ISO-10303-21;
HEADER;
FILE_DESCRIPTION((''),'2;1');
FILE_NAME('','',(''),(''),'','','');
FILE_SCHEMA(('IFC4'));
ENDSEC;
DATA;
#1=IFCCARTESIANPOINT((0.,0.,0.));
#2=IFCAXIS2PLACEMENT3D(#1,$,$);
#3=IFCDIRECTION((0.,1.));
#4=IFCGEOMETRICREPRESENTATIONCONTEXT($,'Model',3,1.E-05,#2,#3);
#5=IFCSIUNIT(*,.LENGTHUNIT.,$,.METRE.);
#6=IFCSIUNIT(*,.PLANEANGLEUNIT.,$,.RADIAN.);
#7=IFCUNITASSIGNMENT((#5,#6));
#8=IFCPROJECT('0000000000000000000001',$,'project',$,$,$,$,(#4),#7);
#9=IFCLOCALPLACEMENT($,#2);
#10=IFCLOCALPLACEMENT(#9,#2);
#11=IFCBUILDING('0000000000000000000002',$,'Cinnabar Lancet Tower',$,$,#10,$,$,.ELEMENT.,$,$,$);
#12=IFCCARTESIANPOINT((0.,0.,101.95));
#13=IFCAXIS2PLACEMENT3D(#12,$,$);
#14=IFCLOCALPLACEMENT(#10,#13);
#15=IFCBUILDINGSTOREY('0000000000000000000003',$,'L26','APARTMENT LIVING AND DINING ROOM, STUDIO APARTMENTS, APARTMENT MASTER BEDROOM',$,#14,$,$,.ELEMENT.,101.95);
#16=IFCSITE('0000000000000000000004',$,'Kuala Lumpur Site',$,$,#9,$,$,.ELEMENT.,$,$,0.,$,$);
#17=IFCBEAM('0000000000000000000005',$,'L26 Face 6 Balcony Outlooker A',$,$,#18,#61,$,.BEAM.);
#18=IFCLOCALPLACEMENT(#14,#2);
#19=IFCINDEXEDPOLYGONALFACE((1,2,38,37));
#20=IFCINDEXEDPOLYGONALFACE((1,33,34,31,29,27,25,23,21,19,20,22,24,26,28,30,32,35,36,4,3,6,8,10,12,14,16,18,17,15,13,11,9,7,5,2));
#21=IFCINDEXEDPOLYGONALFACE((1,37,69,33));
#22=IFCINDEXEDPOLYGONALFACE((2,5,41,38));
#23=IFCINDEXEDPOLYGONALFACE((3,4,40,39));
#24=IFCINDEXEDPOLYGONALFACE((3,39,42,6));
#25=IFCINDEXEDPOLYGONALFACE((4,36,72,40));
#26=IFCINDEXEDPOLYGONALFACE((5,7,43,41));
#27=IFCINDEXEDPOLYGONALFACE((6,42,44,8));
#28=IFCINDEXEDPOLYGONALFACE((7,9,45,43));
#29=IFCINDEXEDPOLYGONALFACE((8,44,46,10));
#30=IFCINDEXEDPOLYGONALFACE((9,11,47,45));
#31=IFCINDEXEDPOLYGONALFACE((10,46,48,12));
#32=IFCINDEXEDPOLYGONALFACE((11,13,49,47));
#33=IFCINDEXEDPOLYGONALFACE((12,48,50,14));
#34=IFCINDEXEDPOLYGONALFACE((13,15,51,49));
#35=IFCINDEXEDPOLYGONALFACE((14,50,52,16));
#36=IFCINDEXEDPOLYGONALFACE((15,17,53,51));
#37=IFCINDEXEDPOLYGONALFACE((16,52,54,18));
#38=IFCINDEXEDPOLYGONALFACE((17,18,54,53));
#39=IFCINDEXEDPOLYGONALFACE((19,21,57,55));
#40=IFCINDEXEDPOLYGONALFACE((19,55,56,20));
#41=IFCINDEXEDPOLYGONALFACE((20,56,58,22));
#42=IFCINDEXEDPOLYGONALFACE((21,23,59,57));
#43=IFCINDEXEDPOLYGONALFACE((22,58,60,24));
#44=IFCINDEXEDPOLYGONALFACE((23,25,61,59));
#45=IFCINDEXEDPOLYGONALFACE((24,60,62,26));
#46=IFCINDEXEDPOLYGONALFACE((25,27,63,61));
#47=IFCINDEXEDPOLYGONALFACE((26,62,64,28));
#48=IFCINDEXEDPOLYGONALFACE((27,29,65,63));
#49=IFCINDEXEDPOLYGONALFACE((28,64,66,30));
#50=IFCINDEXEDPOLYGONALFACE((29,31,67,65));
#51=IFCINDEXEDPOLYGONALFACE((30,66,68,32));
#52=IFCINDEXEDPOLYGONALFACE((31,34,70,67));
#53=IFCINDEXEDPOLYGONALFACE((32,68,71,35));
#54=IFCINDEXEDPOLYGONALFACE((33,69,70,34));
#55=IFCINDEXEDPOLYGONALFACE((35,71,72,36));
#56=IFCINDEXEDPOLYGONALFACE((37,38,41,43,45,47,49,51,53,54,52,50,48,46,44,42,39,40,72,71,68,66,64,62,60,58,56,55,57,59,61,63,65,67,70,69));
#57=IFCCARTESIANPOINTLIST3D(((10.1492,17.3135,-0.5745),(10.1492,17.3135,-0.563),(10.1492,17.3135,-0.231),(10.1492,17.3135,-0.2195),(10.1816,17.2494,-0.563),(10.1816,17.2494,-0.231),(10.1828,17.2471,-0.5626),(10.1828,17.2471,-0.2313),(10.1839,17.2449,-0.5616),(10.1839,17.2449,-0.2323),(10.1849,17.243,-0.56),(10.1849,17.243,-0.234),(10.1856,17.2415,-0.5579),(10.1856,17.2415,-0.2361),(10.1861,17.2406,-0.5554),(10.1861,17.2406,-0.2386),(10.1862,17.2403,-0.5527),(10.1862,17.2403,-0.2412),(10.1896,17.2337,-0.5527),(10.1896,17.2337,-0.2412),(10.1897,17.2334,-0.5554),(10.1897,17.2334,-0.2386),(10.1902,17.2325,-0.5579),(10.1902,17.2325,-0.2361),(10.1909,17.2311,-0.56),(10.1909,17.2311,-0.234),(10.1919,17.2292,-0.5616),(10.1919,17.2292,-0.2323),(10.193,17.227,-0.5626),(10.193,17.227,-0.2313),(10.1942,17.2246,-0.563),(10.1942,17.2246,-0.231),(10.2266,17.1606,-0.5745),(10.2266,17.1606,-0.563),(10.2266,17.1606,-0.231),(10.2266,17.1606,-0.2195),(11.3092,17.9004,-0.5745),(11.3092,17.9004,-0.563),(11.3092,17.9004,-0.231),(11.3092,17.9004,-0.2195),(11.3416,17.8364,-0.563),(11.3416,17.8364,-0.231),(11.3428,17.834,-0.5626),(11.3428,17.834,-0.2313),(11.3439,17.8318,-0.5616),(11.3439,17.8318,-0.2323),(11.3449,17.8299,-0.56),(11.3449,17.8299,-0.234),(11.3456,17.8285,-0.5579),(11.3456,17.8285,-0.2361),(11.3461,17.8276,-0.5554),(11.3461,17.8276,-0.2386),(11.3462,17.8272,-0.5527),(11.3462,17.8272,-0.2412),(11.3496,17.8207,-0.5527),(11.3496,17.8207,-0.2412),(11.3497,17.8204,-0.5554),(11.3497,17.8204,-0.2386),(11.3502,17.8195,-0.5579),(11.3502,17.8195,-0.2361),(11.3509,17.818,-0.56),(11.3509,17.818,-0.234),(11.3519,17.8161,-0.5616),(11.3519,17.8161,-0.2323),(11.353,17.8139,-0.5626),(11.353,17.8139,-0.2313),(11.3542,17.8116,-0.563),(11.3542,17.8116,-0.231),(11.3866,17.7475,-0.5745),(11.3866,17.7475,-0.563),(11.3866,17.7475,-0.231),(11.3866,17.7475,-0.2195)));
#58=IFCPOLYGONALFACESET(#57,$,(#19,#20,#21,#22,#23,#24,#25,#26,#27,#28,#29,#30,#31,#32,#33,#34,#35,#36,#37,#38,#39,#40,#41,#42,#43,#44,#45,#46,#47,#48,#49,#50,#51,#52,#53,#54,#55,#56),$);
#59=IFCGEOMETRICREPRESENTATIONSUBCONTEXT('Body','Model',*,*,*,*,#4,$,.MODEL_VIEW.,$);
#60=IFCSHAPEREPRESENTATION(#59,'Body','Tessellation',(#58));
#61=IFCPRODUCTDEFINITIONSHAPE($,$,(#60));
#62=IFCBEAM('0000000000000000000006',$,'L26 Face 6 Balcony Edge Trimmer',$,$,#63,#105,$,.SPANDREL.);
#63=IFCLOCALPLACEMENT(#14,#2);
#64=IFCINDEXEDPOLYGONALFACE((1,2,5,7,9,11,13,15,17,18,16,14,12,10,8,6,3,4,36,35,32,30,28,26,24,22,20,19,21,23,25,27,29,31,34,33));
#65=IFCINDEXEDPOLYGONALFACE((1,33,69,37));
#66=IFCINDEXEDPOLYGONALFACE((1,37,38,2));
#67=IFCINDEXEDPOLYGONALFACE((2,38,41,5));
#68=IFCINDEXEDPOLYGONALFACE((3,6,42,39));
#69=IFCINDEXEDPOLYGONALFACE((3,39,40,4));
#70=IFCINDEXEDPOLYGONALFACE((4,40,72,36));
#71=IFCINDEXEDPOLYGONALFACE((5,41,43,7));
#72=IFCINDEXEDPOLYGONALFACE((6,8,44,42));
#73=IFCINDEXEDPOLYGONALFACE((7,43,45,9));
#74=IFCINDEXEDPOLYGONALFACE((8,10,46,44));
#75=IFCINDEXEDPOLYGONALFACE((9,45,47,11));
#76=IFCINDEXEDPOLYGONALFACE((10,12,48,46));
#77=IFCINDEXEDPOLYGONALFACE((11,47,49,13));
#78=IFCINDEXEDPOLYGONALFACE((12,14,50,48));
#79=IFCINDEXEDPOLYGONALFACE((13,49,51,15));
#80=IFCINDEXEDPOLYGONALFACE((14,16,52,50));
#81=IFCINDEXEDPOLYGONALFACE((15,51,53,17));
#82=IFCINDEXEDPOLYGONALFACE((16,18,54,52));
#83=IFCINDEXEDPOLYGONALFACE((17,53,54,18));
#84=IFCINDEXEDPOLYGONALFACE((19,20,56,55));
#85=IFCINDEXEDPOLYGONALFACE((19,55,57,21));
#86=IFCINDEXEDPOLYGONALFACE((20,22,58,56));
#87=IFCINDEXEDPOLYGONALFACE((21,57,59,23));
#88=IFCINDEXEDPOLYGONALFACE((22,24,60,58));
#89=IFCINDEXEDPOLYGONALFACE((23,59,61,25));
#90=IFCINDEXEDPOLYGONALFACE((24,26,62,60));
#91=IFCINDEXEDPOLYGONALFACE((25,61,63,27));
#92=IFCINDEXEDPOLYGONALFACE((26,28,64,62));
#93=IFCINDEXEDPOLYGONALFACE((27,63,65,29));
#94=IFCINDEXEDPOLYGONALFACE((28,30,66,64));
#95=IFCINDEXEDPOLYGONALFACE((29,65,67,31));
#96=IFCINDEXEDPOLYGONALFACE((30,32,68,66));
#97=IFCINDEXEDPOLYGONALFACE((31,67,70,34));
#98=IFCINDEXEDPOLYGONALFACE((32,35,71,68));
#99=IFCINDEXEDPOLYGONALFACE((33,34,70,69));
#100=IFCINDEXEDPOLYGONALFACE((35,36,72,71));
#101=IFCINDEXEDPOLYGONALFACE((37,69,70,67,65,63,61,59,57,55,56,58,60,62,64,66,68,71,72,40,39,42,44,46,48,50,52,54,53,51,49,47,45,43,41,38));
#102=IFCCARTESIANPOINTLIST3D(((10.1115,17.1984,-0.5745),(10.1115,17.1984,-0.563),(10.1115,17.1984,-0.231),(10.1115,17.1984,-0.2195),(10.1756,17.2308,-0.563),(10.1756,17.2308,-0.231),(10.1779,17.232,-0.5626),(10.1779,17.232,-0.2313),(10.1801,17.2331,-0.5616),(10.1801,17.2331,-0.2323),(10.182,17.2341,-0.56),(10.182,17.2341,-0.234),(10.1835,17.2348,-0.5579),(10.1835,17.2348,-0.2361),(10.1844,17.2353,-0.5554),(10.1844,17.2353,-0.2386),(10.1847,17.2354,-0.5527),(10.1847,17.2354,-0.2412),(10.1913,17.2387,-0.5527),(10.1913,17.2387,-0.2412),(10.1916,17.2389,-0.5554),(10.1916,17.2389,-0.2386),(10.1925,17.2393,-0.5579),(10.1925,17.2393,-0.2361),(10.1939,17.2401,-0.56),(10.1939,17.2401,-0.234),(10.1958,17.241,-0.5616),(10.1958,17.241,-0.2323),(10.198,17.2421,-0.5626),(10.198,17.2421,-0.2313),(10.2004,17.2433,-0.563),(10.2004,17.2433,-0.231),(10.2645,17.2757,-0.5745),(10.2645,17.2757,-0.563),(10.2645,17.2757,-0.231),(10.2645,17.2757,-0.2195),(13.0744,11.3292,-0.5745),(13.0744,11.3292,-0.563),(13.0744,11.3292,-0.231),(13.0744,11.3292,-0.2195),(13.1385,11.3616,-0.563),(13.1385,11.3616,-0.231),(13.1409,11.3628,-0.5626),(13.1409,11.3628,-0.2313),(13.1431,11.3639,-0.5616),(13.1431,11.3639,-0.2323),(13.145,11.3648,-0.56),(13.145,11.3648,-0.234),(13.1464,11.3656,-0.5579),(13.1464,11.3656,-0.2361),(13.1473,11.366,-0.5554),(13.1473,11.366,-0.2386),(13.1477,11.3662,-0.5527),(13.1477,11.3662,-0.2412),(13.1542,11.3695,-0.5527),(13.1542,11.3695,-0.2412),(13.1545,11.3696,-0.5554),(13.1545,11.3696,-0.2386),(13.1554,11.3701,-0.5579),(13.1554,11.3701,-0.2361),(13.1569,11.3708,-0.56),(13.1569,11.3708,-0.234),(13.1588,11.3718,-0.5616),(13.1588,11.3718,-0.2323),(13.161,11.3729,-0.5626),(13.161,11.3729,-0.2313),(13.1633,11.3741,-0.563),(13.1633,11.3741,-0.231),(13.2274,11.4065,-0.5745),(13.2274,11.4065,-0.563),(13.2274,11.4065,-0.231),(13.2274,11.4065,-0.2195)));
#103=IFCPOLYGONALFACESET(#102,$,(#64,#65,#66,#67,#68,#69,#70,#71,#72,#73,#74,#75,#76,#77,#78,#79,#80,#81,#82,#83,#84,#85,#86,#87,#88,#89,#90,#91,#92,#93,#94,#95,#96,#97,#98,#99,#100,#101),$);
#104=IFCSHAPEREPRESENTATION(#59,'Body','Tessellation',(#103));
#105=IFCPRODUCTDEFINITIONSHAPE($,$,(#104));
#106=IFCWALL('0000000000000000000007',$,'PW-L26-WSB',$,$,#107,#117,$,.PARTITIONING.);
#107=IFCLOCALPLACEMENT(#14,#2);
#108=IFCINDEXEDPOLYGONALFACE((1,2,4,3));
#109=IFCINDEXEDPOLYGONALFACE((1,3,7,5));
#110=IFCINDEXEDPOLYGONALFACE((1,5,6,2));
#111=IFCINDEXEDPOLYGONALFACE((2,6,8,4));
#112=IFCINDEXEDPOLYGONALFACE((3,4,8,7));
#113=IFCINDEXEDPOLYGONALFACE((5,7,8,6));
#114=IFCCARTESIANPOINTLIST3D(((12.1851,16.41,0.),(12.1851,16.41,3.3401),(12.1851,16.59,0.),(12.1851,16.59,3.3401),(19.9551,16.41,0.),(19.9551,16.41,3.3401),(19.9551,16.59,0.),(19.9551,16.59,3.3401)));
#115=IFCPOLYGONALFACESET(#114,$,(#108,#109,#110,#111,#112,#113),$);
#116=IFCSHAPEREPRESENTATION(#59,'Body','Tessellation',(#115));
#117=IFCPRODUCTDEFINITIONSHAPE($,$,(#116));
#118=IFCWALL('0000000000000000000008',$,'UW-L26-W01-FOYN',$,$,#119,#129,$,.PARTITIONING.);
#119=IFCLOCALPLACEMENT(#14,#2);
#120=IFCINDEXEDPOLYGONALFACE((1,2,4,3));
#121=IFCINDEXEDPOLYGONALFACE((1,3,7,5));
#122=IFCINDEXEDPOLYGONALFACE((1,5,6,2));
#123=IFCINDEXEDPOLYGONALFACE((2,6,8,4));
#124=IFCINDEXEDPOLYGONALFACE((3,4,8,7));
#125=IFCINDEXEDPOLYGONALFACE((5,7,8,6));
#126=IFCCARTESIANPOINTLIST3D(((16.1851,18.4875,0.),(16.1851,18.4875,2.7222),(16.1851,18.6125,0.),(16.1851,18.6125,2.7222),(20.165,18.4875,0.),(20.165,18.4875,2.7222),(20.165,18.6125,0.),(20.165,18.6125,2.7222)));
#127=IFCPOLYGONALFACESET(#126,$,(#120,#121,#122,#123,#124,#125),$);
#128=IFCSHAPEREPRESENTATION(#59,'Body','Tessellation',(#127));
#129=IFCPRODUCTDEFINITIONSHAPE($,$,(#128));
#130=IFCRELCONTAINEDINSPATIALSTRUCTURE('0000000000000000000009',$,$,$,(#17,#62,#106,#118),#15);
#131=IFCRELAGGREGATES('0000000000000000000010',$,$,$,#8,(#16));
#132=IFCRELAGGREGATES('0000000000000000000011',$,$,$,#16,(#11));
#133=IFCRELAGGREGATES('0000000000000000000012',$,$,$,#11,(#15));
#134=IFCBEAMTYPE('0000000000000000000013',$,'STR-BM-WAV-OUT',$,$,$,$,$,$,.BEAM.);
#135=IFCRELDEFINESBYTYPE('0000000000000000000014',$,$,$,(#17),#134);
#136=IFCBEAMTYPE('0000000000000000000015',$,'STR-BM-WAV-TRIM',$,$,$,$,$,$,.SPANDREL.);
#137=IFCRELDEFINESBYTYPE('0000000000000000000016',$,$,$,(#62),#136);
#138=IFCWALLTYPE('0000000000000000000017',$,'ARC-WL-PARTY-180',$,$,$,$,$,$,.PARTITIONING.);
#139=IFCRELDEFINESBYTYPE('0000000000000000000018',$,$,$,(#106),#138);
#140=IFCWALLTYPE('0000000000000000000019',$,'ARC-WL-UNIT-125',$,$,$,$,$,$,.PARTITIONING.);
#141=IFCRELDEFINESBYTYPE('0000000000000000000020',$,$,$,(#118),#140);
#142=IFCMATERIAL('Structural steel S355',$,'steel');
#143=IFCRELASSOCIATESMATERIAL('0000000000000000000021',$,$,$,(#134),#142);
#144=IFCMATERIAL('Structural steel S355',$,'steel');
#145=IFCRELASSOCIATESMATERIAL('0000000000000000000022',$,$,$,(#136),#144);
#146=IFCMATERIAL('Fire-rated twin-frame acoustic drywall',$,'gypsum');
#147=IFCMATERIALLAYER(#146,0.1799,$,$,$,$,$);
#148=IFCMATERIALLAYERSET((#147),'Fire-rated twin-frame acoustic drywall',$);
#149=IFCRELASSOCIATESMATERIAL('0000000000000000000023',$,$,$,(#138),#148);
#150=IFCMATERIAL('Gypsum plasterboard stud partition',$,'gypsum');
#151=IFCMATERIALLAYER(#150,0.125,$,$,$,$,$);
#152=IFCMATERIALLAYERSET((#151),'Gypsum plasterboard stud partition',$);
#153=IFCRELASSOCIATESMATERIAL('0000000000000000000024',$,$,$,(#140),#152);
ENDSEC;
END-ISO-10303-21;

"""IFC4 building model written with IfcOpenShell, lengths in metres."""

from ifc_helpers import new_model, si_unit, direction, frame, frame_2d, origin, origin_2d, place, context, subcontext, project, spatial, rectangle, i_section, extrude, material, layer, layer_set, material_profile, profile_set, type_object, element, save


model = new_model("IFC4")

# Units and contexts
model_context = context("Model", 3, precision=1e-05, world=origin(), true_north=direction((0.0, 1.0)))
body_context = subcontext(model_context, "Body", "Model", "MODEL_VIEW")
ifc_project = project(units=[si_unit("LENGTHUNIT", "METRE"), si_unit("PLANEANGLEUNIT", "RADIAN")], contexts=[model_context])

# Site, building, storey
site_placement = place(None, origin())
site = spatial("IfcSite", under=ifc_project, at=site_placement, Name="Kuala Lumpur Site", CompositionType="ELEMENT", RefElevation=0.0)
building_placement = place(site_placement, origin())
building = spatial("IfcBuilding", under=site, at=building_placement, Name="Cinnabar Lancet Tower", CompositionType="ELEMENT")
storey_placement = place(building_placement, frame((0.0, 0.0, 101.95)))
storey = spatial("IfcBuildingStorey", under=building, at=storey_placement, Name="L26", Description="APARTMENT LIVING AND DINING ROOM, STUDIO APARTMENTS, APARTMENT MASTER BEDROOM", CompositionType="ELEMENT", Elevation=101.95)

# Beams
ifc_material_1 = material(Name="Structural steel S355", Category="steel")
ifc_material_profile_1 = material_profile(ifc_material_1, i_section(OverallWidth=0.1714, OverallDepth=0.355, WebThickness=0.0073, FlangeThickness=0.0115, FilletRadius=0.0103, at=origin_2d()), Name="UKB 356x171x51")
ifc_profile_set_1 = profile_set([ifc_material_profile_1], Name="Structural steel S355")
beam_type_1 = type_object("IfcBeamType", Name="STR-BM-WAV-OUT", PredefinedType="BEAM", material=ifc_profile_set_1)
beam_1_placement = place(storey_placement, frame((11.3479, 17.824, -0.397), z_axis=(-0.892276, -0.45149, 0.0), x_axis=(0.45149, -0.892276, 0.0)))
element("IfcBeam", 1, at=beam_1_placement, inside=storey, type_object=beam_type_1, Name="L26 Face 6 Balcony Outlooker A", PredefinedType="BEAM", context=body_context, shape_type="SweptSolid", body=[
    extrude(i_section(OverallWidth=0.1714, OverallDepth=0.355, WebThickness=0.0073, FlangeThickness=0.0115, FilletRadius=0.0103, at=origin_2d()), origin(), (0.0, 0.0, 1.0), 1.3),
])
ifc_material_2 = material(Name="Structural steel S355", Category="steel")
ifc_material_profile_2 = material_profile(ifc_material_2, i_section(OverallWidth=0.1714, OverallDepth=0.355, WebThickness=0.0073, FlangeThickness=0.0115, FilletRadius=0.0103, at=origin_2d()), Name="UKB 356x171x51")
ifc_profile_set_2 = profile_set([ifc_material_profile_2], Name="Structural steel S355")
beam_type_2 = type_object("IfcBeamType", Name="STR-BM-WAV-TRIM", PredefinedType="SPANDREL", material=ifc_profile_set_2)
beam_2_placement = place(storey_placement, frame((10.188, 17.2371, -0.397), z_axis=(0.450656, -0.892698, 0.0), x_axis=(0.892698, 0.450656, 0.0)))
element("IfcBeam", 2, at=beam_2_placement, inside=storey, type_object=beam_type_2, Name="L26 Face 6 Balcony Edge Trimmer", PredefinedType="SPANDREL", context=body_context, shape_type="SweptSolid", body=[
    extrude(i_section(OverallWidth=0.1714, OverallDepth=0.355, WebThickness=0.0073, FlangeThickness=0.0115, FilletRadius=0.0103, at=origin_2d()), origin(), (0.0, 0.0, 1.0), 6.5747),
])

# Walls
ifc_material_3 = material(Name="Fire-rated twin-frame acoustic drywall", Category="gypsum")
ifc_layer_1 = layer(ifc_material_3, 0.1799)
ifc_layer_set_1 = layer_set([ifc_layer_1], Name="Fire-rated twin-frame acoustic drywall")
wall_type_1 = type_object("IfcWallType", Name="ARC-WL-PARTY-180", PredefinedType="PARTITIONING", material=ifc_layer_set_1)
wall_1_placement = place(storey_placement, frame((12.1851, 16.5, 0.0), z_axis=(0.0, 0.0, 1.0), x_axis=(1.0, 0.0, 0.0)))
element("IfcWall", 3, at=wall_1_placement, inside=storey, type_object=wall_type_1, Name="PW-L26-WSB", PredefinedType="PARTITIONING", context=body_context, shape_type="SweptSolid", body=[
    extrude(rectangle(XDim=7.77, YDim=0.1799, at=frame_2d((3.885, 0.0))), origin(), (0.0, 0.0, 1.0), 3.3401),
])
ifc_material_4 = material(Name="Gypsum plasterboard stud partition", Category="gypsum")
ifc_layer_2 = layer(ifc_material_4, 0.125)
ifc_layer_set_2 = layer_set([ifc_layer_2], Name="Gypsum plasterboard stud partition")
wall_type_2 = type_object("IfcWallType", Name="ARC-WL-UNIT-125", PredefinedType="PARTITIONING", material=ifc_layer_set_2)
wall_2_placement = place(storey_placement, frame((16.1851, 18.55, 0.0), z_axis=(0.0, 0.0, 1.0), x_axis=(1.0, 0.0, 0.0)))
element("IfcWall", 4, at=wall_2_placement, inside=storey, type_object=wall_type_2, Name="UW-L26-W01-FOYN", PredefinedType="PARTITIONING", context=body_context, shape_type="SweptSolid", body=[
    extrude(rectangle(XDim=3.98, YDim=0.125, at=frame_2d((1.99, 0.0))), origin(), (0.0, 0.0, 1.0), 2.7222),
])

save(model, "model.ifc")
